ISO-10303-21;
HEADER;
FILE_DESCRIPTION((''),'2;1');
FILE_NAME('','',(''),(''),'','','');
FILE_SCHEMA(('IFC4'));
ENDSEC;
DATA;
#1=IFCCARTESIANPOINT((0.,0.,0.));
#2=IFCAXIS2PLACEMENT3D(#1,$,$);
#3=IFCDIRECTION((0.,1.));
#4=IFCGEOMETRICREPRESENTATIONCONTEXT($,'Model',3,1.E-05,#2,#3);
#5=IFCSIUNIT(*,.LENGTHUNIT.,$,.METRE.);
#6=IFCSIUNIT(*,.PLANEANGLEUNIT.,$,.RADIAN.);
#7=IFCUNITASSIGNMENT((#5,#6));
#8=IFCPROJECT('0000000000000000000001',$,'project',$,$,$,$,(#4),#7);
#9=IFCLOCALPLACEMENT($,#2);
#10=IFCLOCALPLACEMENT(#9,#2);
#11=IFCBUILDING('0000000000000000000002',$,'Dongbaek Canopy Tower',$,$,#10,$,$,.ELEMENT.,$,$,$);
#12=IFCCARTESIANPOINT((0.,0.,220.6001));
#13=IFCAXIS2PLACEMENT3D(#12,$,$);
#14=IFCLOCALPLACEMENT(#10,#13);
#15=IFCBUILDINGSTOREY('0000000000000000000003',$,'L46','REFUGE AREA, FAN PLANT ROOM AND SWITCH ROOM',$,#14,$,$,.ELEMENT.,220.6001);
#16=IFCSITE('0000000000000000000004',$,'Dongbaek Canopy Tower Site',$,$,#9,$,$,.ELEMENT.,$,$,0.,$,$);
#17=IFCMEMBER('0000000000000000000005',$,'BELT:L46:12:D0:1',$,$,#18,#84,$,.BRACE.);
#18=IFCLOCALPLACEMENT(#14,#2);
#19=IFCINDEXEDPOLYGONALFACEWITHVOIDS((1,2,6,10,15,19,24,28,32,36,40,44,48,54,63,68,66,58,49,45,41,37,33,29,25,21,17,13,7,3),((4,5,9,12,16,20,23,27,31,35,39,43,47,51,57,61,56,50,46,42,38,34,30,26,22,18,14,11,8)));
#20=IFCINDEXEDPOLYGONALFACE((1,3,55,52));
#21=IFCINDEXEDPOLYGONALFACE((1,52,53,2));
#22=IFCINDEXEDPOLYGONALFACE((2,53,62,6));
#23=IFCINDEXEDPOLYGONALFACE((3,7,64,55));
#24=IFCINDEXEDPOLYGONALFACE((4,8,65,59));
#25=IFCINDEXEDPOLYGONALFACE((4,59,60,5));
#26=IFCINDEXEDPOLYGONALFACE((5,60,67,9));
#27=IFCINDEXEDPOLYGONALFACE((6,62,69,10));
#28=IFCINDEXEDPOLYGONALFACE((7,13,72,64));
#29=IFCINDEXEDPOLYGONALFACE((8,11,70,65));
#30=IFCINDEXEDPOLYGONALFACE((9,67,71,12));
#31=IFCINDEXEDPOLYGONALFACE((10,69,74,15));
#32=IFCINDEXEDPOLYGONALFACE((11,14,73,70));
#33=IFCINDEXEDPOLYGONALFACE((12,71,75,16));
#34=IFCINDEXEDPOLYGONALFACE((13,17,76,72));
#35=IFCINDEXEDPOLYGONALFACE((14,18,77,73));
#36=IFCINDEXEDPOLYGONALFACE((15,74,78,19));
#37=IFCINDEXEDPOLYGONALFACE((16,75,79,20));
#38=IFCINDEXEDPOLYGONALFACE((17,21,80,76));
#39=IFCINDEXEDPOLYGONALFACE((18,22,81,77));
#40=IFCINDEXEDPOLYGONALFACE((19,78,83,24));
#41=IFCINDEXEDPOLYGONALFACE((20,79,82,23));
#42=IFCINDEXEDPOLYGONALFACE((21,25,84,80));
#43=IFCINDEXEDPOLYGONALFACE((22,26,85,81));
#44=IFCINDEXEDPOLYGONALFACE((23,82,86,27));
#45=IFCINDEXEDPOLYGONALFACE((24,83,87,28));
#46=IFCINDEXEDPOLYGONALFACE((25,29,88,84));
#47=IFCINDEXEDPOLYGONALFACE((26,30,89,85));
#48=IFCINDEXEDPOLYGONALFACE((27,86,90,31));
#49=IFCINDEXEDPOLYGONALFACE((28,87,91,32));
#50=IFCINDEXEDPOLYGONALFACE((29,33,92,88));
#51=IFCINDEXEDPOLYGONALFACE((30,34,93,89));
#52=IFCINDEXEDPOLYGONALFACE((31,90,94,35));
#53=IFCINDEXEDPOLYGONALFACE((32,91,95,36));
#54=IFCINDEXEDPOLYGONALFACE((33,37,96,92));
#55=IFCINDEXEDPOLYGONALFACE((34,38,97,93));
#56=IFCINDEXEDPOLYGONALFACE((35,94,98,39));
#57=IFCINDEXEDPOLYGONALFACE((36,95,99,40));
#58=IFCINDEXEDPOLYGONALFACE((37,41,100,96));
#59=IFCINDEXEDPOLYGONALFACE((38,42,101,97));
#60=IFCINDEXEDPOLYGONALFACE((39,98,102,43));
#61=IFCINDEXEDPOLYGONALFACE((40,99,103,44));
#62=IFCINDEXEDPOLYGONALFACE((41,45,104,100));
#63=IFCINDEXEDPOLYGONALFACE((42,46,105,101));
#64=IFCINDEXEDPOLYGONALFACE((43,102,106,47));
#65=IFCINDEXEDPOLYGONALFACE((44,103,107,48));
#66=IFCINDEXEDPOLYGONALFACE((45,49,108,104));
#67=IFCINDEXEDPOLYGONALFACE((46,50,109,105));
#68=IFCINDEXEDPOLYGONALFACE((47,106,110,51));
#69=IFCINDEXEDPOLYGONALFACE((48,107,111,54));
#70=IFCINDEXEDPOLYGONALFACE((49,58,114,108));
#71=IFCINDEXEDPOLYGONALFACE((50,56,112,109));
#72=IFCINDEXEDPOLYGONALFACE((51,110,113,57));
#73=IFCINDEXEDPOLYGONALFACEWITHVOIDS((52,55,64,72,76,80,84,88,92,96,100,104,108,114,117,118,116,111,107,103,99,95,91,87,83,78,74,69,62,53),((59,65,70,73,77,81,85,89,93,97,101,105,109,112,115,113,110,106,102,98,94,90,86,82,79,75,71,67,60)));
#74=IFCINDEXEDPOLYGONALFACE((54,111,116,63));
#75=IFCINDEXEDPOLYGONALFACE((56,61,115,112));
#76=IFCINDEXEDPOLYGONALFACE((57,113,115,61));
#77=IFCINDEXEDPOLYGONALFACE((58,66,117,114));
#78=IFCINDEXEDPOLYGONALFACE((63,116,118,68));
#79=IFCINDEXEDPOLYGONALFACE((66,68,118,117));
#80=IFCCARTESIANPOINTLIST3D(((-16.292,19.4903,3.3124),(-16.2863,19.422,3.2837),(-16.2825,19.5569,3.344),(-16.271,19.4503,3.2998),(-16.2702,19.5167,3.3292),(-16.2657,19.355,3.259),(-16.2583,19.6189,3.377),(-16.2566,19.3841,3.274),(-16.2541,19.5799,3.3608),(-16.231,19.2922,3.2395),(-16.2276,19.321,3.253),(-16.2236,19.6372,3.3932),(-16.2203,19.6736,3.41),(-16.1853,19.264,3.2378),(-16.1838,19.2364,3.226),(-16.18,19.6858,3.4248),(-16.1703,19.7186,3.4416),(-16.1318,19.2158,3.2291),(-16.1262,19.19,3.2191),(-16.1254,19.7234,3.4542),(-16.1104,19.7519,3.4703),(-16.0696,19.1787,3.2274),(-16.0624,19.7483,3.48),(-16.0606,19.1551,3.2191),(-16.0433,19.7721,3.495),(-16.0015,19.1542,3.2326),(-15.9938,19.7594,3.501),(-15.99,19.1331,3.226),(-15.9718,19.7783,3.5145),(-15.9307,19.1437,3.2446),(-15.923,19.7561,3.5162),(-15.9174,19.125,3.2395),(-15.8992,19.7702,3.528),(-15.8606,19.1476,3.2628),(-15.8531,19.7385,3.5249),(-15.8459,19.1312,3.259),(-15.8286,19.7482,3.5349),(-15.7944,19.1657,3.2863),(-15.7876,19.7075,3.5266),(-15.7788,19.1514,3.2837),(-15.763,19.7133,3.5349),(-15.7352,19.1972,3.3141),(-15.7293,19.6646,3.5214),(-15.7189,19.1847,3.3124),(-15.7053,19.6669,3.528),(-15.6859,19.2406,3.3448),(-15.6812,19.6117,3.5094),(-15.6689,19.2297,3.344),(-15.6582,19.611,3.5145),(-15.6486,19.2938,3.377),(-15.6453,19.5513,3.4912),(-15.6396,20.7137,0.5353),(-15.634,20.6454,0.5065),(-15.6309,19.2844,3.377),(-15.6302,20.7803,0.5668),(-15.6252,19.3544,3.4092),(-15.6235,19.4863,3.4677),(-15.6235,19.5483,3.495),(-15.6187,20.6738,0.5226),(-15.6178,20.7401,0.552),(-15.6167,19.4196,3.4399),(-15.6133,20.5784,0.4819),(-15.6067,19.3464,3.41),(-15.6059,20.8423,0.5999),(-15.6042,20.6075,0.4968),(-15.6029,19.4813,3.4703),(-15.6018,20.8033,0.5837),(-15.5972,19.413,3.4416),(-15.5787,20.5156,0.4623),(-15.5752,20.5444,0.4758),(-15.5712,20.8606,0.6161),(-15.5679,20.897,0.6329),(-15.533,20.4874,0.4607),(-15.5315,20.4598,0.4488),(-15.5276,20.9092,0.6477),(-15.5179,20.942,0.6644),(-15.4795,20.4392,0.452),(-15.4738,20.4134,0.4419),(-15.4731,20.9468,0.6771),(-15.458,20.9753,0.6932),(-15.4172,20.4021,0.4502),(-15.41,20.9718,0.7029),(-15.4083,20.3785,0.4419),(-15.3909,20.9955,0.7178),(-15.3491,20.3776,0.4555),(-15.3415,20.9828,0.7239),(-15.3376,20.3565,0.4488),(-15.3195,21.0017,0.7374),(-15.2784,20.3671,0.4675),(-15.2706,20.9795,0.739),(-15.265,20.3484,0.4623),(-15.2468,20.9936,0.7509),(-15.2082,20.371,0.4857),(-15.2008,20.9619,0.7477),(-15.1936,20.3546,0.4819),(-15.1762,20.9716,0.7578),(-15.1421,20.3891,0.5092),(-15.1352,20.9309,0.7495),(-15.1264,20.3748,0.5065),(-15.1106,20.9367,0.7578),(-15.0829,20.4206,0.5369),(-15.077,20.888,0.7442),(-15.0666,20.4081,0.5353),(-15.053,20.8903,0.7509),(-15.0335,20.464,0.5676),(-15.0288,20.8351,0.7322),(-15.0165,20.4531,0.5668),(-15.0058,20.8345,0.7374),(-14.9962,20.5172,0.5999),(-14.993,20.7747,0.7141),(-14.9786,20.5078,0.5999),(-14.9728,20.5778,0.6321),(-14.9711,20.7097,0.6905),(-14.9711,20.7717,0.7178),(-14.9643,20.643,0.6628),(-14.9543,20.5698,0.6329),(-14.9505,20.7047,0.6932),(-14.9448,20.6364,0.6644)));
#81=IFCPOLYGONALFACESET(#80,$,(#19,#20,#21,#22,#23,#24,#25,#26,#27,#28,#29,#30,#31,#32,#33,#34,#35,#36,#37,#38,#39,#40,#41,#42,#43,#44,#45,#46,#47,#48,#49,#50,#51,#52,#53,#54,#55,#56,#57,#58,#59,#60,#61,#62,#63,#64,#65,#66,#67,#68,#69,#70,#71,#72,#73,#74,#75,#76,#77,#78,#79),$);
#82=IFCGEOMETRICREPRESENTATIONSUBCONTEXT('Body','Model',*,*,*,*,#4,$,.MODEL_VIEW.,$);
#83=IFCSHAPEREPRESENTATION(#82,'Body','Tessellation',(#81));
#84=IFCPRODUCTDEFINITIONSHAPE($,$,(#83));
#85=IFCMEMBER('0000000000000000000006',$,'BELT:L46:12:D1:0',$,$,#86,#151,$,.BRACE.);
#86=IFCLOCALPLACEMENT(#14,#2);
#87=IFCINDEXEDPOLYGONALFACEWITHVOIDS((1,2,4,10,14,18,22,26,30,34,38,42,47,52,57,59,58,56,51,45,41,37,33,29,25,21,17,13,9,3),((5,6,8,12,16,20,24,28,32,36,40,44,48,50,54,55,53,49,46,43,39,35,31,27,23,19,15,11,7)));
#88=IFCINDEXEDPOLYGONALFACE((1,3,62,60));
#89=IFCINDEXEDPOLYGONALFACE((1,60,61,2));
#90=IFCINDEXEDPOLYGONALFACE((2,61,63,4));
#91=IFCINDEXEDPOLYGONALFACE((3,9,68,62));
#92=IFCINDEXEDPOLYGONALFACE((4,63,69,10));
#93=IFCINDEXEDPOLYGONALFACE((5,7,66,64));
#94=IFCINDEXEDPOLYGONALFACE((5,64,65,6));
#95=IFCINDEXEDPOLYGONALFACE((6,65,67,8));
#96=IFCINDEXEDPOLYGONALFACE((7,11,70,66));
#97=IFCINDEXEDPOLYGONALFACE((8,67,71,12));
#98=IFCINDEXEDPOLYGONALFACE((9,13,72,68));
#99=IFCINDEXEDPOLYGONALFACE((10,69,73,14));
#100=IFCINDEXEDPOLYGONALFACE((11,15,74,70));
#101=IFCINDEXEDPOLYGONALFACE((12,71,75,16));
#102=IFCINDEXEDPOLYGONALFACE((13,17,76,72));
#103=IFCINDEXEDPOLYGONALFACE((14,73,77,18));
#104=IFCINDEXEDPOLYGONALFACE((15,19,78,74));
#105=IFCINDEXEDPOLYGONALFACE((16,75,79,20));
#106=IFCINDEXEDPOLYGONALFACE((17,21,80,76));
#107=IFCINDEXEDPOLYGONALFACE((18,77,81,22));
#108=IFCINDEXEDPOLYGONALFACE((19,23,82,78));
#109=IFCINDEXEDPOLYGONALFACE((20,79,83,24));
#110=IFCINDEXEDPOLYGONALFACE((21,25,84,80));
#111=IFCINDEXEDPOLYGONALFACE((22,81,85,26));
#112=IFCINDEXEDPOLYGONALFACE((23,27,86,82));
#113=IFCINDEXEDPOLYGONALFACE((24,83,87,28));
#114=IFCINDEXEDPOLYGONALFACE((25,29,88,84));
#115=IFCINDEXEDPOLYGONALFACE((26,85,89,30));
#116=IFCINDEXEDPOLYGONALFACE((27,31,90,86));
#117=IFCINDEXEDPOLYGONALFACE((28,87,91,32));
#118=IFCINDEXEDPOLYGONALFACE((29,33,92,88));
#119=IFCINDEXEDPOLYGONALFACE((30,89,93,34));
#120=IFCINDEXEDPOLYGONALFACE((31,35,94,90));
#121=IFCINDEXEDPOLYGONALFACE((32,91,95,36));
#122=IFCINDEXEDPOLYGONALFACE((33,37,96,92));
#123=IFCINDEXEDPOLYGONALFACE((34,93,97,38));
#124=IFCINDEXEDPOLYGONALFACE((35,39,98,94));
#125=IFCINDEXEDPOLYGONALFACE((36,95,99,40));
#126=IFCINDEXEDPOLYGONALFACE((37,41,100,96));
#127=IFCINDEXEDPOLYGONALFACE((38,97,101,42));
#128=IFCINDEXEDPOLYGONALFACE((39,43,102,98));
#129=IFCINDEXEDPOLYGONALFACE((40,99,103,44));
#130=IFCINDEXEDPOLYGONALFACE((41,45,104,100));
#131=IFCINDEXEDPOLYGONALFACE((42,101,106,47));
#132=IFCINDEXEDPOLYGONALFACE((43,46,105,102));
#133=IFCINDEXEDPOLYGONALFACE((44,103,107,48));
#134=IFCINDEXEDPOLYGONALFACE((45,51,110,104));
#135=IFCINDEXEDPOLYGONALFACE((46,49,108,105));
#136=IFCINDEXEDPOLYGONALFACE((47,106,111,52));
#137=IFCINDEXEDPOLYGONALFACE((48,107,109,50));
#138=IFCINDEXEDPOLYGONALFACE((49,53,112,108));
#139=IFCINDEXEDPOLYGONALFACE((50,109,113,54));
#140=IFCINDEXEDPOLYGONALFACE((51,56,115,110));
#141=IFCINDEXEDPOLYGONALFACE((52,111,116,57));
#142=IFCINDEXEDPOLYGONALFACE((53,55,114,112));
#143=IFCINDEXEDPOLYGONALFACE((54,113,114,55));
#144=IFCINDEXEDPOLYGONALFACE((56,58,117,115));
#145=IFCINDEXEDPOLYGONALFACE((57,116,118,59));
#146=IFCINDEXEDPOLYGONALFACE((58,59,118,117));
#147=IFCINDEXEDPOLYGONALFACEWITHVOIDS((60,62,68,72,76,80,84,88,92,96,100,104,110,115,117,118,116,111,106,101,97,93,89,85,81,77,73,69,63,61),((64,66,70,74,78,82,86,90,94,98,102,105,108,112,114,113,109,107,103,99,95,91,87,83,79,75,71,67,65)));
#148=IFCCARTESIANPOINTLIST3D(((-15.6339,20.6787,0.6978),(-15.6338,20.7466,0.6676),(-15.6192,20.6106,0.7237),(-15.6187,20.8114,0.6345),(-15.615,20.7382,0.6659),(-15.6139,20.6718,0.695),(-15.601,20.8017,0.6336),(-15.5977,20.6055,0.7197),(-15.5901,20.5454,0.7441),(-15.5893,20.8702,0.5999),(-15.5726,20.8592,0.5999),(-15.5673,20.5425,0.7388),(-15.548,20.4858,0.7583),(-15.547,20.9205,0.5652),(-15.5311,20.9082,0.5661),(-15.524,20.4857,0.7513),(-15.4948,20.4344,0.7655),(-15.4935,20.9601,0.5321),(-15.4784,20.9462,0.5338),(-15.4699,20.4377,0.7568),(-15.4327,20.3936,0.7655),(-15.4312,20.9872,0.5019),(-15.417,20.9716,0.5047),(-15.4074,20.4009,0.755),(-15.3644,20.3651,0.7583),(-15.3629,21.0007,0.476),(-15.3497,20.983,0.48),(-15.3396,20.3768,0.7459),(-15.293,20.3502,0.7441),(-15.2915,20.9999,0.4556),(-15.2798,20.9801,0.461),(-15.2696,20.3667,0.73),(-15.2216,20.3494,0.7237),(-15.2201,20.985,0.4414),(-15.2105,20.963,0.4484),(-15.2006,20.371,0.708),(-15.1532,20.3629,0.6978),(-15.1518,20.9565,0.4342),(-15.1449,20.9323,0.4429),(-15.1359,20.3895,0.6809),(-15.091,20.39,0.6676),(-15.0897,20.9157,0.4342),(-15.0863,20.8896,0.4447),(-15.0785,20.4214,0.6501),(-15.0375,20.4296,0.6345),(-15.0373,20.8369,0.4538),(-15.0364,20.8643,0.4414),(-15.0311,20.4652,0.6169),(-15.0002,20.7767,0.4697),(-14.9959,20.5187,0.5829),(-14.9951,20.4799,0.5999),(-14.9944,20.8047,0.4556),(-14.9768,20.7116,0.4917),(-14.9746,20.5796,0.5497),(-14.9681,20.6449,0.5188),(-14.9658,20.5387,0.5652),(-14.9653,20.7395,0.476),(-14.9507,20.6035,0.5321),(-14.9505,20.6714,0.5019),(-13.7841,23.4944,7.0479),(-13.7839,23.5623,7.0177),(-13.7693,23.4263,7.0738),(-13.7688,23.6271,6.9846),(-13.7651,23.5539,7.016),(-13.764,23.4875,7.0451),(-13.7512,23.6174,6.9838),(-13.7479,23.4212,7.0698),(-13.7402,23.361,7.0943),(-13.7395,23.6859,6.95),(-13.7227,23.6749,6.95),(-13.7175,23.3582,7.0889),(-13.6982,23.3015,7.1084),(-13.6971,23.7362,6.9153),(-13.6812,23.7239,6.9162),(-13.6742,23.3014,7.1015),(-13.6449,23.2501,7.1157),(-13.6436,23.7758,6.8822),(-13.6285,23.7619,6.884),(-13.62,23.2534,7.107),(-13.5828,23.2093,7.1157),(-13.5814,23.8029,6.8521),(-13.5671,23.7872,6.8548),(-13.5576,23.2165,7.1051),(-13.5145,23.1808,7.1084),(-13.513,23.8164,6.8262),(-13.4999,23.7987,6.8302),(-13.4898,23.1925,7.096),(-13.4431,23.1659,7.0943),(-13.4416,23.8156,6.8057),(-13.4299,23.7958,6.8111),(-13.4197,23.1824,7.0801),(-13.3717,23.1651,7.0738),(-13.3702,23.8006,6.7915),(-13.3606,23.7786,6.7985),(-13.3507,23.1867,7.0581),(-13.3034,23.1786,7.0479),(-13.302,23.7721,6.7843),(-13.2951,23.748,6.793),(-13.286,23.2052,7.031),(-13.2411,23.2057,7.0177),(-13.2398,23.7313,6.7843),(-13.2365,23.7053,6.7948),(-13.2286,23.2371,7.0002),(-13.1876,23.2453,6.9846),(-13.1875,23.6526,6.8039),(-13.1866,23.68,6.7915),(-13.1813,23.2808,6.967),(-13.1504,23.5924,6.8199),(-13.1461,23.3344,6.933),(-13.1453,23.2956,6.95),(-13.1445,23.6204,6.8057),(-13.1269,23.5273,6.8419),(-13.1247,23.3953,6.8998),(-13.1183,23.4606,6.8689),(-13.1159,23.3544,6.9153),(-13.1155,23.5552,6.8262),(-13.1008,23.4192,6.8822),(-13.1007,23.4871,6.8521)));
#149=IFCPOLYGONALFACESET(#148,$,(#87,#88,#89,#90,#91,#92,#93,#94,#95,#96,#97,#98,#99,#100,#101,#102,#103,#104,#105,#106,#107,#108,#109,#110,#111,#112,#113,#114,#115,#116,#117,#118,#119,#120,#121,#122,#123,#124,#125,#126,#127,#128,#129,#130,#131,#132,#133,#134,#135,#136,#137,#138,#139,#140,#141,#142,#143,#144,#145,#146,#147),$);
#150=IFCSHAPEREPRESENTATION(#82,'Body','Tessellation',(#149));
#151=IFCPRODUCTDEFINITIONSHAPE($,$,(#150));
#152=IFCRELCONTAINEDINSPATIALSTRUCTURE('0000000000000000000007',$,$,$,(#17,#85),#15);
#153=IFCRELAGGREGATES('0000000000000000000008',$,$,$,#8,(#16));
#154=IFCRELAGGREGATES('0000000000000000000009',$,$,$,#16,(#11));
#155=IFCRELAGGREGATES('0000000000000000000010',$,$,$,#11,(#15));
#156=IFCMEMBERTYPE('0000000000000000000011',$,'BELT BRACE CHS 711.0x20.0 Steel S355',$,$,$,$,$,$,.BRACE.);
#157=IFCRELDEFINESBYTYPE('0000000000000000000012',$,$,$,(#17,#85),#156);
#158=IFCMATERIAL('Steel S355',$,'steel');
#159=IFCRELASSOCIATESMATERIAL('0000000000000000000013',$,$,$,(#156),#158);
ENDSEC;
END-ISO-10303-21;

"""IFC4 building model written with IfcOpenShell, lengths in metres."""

from ifc_helpers import new_model, si_unit, direction, frame, origin, origin_2d, place, context, subcontext, project, spatial, hollow_circle, extrude, material, material_profile, profile_set, type_object, element, save


model = new_model("IFC4")

# Units and contexts
model_context = context("Model", 3, precision=1e-05, world=origin(), true_north=direction((0.0, 1.0)))
body_context = subcontext(model_context, "Body", "Model", "MODEL_VIEW")
ifc_project = project(units=[si_unit("LENGTHUNIT", "METRE"), si_unit("PLANEANGLEUNIT", "RADIAN")], contexts=[model_context])

# Site, building, storey
site_placement = place(None, origin())
site = spatial("IfcSite", under=ifc_project, at=site_placement, Name="Dongbaek Canopy Tower Site", CompositionType="ELEMENT", RefElevation=0.0)
building_placement = place(site_placement, origin())
building = spatial("IfcBuilding", under=site, at=building_placement, Name="Dongbaek Canopy Tower", CompositionType="ELEMENT")
storey_placement = place(building_placement, frame((0.0, 0.0, 220.6001)))
storey = spatial("IfcBuildingStorey", under=building, at=storey_placement, Name="L46", Description="REFUGE AREA, FAN PLANT ROOM AND SWITCH ROOM", CompositionType="ELEMENT", Elevation=220.6001)

# Members
ifc_material_1 = material(Name="Steel S355", Category="steel")
ifc_material_profile_1 = material_profile(ifc_material_1, hollow_circle(Radius=0.3555, WallThickness=0.02, at=origin_2d()), Name="BELT BRACE CHS 711.0x20.0 Steel S355")
ifc_profile_set_1 = profile_set([ifc_material_profile_1], Name="Steel S355")
member_type_1 = type_object("IfcMemberType", Name="BELT BRACE CHS 711.0x20.0 Steel S355", PredefinedType="BRACE", material=ifc_profile_set_1)
member_1_placement = place(storey_placement, frame((-15.2922, 20.675, 0.5999), z_axis=(-0.210166, -0.394139, 0.894698), x_axis=(0.882392, -0.470515, 0.0)))
element("IfcMember", 1, at=member_1_placement, inside=storey, type_object=member_type_1, Name="BELT:L46:12:D0:1", PredefinedType="BRACE", context=body_context, shape_type="SweptSolid", body=[
    extrude(hollow_circle(Radius=0.3555, WallThickness=0.02, at=origin_2d()), origin(), (0.0, 0.0, 1.0), 3.104),
])
member_2_placement = place(storey_placement, frame((-15.2922, 20.675, 0.5999), z_axis=(0.257337, 0.391695, 0.883376), x_axis=(-0.835766, 0.549085, 0.0)))
element("IfcMember", 2, at=member_2_placement, inside=storey, type_object=member_type_1, Name="BELT:L46:12:D1:0", PredefinedType="BRACE", context=body_context, shape_type="SweptSolid", body=[
    extrude(hollow_circle(Radius=0.3555, WallThickness=0.02, at=origin_2d()), origin(), (0.0, 0.0, 1.0), 7.1885),
])

save(model, "model.ifc")
